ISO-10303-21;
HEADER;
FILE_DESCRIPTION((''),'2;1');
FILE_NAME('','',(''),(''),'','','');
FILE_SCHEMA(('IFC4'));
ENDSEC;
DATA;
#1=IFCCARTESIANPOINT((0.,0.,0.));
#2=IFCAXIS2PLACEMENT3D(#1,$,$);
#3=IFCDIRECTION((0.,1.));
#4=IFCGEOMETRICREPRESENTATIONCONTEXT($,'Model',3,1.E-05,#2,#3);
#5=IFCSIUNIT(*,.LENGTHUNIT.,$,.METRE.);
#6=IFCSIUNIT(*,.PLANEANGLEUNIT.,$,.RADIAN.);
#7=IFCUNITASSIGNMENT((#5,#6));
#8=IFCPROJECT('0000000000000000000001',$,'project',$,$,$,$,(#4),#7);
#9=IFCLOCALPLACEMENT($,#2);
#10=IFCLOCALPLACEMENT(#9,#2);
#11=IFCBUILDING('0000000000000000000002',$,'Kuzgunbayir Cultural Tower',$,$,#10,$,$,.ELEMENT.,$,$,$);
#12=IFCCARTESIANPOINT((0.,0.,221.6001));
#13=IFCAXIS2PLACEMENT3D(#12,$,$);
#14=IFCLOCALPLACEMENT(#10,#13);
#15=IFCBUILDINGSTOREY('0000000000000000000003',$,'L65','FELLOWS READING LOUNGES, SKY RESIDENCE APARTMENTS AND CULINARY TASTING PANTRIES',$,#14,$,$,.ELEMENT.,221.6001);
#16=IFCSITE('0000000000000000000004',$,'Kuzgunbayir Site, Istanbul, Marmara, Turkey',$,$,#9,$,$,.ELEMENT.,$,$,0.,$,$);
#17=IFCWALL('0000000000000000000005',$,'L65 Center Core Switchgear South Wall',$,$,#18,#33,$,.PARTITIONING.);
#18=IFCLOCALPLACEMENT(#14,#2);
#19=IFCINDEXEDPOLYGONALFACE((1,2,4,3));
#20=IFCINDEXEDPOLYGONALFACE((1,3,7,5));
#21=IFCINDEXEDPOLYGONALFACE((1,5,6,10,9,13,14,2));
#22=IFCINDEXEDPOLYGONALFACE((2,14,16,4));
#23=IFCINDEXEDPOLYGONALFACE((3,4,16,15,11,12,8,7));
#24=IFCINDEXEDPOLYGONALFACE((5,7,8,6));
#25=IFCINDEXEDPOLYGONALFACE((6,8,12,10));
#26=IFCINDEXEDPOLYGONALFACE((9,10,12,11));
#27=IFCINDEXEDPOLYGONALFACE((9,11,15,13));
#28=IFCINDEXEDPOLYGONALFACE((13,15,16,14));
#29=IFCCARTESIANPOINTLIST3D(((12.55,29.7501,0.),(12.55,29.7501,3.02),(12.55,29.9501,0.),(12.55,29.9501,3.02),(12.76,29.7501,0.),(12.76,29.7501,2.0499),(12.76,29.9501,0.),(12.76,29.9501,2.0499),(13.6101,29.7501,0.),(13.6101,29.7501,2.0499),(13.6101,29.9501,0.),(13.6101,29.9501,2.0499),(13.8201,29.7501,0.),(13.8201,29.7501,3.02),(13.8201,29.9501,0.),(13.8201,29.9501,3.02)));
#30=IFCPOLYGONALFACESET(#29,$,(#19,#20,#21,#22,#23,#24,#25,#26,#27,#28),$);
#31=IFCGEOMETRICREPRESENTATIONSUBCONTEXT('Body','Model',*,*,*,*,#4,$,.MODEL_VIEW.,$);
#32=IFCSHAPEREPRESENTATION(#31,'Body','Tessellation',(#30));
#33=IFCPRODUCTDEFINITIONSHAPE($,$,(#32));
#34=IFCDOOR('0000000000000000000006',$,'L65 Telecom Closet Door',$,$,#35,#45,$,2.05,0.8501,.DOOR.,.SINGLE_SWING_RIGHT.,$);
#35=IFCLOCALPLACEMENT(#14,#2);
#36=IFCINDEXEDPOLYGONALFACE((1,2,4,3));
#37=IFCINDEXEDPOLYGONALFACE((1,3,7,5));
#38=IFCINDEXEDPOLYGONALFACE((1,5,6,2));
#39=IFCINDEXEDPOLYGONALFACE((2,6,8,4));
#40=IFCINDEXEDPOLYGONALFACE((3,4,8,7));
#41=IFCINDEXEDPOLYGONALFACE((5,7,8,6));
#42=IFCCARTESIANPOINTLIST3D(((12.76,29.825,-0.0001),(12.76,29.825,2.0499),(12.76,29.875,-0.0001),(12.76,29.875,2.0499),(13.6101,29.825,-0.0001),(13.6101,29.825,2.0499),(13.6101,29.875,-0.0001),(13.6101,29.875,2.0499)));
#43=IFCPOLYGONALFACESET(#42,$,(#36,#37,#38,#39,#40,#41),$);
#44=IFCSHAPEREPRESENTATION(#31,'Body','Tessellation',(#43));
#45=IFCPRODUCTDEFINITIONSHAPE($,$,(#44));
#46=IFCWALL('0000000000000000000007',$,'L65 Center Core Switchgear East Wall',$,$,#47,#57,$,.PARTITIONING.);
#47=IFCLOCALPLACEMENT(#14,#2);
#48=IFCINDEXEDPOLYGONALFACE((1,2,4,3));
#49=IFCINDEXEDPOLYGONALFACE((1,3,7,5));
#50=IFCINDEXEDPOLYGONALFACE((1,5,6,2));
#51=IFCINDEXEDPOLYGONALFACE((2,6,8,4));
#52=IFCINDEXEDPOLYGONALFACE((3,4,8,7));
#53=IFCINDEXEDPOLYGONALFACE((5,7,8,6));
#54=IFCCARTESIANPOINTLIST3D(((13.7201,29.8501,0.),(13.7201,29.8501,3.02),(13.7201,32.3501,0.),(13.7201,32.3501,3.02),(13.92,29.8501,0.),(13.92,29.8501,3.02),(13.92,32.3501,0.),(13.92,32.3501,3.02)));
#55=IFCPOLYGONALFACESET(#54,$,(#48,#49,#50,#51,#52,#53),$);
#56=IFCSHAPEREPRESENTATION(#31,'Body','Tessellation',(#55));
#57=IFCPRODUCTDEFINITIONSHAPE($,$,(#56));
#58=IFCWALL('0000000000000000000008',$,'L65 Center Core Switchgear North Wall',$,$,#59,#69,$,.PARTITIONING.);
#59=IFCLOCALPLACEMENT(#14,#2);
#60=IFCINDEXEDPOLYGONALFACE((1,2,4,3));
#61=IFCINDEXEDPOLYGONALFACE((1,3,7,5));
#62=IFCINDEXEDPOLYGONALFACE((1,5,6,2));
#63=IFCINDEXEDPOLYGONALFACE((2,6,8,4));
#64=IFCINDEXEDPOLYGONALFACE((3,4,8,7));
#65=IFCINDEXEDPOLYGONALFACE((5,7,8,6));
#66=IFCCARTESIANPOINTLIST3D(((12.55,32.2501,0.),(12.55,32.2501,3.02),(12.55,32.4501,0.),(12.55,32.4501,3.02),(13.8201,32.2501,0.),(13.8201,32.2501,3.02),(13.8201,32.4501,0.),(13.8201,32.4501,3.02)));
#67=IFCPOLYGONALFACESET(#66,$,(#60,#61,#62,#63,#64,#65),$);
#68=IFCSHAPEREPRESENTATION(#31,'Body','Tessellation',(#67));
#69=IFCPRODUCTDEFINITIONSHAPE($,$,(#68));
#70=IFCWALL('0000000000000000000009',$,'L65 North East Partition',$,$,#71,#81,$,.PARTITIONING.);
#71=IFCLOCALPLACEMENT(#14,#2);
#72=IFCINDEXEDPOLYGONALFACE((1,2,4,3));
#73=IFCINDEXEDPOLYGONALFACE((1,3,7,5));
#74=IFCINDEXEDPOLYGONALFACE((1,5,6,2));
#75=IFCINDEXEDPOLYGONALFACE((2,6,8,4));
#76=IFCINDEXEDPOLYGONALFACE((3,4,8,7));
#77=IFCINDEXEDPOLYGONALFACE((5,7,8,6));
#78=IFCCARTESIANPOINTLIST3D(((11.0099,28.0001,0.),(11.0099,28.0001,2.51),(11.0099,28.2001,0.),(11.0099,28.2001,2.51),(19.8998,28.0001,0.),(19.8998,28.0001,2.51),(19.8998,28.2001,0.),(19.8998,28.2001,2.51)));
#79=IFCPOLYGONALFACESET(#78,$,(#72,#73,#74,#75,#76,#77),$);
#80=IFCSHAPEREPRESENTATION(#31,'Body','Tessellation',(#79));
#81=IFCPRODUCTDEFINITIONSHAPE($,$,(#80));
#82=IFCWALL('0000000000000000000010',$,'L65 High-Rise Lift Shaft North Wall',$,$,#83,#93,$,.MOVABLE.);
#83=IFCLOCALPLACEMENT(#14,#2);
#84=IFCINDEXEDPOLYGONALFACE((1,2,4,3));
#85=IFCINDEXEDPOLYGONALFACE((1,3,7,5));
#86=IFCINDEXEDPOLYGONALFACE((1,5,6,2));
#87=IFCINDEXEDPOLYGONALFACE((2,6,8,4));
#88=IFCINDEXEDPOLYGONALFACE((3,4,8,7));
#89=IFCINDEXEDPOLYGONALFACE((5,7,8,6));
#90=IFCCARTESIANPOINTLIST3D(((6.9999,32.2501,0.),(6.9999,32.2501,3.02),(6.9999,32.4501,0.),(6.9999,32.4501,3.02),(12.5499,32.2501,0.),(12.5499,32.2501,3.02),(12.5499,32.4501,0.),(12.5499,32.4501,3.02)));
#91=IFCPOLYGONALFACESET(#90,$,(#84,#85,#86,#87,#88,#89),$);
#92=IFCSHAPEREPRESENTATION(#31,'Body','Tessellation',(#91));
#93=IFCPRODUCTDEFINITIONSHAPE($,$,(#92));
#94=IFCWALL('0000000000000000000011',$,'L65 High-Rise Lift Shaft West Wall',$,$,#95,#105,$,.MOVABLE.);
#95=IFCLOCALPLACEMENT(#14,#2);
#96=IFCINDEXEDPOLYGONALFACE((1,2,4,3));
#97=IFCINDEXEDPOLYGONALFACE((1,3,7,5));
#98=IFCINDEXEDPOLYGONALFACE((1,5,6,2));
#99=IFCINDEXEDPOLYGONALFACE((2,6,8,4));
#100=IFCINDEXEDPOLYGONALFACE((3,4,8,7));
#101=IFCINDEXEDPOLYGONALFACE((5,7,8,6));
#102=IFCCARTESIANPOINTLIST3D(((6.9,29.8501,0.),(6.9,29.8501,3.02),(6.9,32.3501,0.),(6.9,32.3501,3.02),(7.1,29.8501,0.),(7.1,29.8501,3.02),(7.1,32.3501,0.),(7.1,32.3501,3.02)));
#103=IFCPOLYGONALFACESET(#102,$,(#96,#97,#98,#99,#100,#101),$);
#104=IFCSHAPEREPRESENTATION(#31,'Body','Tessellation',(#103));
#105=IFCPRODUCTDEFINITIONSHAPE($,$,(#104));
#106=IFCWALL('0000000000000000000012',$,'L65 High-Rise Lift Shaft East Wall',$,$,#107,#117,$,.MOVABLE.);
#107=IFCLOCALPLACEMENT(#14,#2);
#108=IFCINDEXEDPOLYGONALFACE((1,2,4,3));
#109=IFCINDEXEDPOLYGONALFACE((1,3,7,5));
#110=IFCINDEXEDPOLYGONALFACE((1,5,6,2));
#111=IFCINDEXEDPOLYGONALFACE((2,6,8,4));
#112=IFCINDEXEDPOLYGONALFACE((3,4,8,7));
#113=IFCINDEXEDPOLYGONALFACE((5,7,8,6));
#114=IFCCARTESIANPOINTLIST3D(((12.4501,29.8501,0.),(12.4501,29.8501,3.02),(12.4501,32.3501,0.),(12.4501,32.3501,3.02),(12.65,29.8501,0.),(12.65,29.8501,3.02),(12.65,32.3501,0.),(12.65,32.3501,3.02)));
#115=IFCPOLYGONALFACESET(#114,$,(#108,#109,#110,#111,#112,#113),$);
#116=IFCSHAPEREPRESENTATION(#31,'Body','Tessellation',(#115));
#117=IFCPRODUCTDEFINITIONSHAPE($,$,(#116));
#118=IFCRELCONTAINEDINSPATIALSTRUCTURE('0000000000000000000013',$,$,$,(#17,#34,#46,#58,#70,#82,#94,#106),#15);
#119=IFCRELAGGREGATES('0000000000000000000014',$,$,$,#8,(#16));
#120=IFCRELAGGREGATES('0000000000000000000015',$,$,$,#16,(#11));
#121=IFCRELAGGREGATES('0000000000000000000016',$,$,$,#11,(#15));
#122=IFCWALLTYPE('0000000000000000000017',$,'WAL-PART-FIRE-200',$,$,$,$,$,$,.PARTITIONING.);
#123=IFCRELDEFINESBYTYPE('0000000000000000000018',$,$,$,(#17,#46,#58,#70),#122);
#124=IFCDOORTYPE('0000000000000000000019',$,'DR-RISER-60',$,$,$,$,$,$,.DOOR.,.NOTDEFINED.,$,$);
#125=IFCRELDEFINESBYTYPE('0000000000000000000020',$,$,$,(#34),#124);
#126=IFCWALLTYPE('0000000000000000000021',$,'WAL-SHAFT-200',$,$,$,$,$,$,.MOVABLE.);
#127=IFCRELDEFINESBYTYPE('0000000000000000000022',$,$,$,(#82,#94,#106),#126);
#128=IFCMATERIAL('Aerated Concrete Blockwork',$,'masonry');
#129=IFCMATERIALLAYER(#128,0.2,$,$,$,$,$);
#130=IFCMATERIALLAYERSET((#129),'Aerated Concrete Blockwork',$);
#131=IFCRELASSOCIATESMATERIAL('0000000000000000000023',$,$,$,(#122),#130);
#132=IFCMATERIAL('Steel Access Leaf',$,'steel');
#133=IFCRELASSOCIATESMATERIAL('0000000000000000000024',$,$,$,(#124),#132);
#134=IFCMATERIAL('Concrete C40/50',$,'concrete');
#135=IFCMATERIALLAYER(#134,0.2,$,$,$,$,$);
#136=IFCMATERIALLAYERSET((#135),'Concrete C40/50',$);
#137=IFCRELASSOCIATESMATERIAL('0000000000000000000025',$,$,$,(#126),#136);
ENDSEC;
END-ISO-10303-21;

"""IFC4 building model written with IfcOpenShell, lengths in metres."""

from ifc_helpers import new_model, si_unit, direction, frame, frame_2d, origin, place, context, subcontext, project, spatial, rectangle, extrude, material, layer, layer_set, type_object, element, fill, save


model = new_model("IFC4")

# Units and contexts
model_context = context("Model", 3, precision=1e-05, world=origin(), true_north=direction((0.0, 1.0)))
body_context = subcontext(model_context, "Body", "Model", "MODEL_VIEW")
ifc_project = project(units=[si_unit("LENGTHUNIT", "METRE"), si_unit("PLANEANGLEUNIT", "RADIAN")], contexts=[model_context])

# Site, building, storey
site_placement = place(None, origin())
site = spatial("IfcSite", under=ifc_project, at=site_placement, Name="Kuzgunbayir Site, Istanbul, Marmara, Turkey", CompositionType="ELEMENT", RefElevation=0.0)
building_placement = place(site_placement, origin())
building = spatial("IfcBuilding", under=site, at=building_placement, Name="Kuzgunbayir Cultural Tower", CompositionType="ELEMENT")
storey_placement = place(building_placement, frame((0.0, 0.0, 221.6001)))
storey = spatial("IfcBuildingStorey", under=building, at=storey_placement, Name="L65", Description="FELLOWS READING LOUNGES, SKY RESIDENCE APARTMENTS AND CULINARY TASTING PANTRIES", CompositionType="ELEMENT", Elevation=221.6001)

# Wall, opening, door
ifc_material_1 = material(Name="Aerated Concrete Blockwork", Category="masonry")
ifc_layer_1 = layer(ifc_material_1, 0.2)
ifc_layer_set_1 = layer_set([ifc_layer_1], Name="Aerated Concrete Blockwork")
wall_type_1 = type_object("IfcWallType", Name="WAL-PART-FIRE-200", PredefinedType="PARTITIONING", material=ifc_layer_set_1)
ifc_material_2 = material(Name="Steel Access Leaf", Category="steel")
door_type_1 = type_object("IfcDoorType", Name="DR-RISER-60", OperationType="NOTDEFINED", PredefinedType="DOOR", material=ifc_material_2)
wall_1_placement = place(storey_placement, frame((12.55, 29.8501, 0.0), z_axis=(0.0, 0.0, 1.0), x_axis=(1.0, 0.0, 0.0)))
wall_1 = element("IfcWall", 1, at=wall_1_placement, inside=storey, type_object=wall_type_1, Name="L65 Center Core Switchgear South Wall", PredefinedType="PARTITIONING", context=body_context, shape_type="SweptSolid", body=[
    extrude(rectangle(XDim=1.27, YDim=0.2, at=frame_2d((0.635, 0.0))), origin(), (0.0, 0.0, 1.0), 3.02),
])
opening_1_placement = place(wall_1_placement, frame((0.21, 0.0, 0.0)))
opening_1 = element("IfcOpeningElement", 2, at=opening_1_placement, cuts=wall_1, PredefinedType="OPENING", context=body_context, shape_type="SweptSolid", body=[
    extrude(rectangle(XDim=0.8501, YDim=2.05, at=frame_2d((0.425, 1.0249))), frame((0.0, 0.1099, 0.0), z_axis=(0.0, -1.0, 0.0), x_axis=(1.0, 0.0, 0.0)), (0.0, 0.0, 1.0), 0.22),
])
door_1_placement = place(opening_1_placement, origin())
door_1 = element("IfcDoor", 3, at=door_1_placement, inside=storey, type_object=door_type_1, Name="L65 Telecom Closet Door", OperationType="SINGLE_SWING_RIGHT", OverallHeight=2.05, OverallWidth=0.8501, PredefinedType="DOOR", context=body_context, shape_type="SweptSolid", body=[
    extrude(rectangle(XDim=0.8501, YDim=2.05, at=frame_2d((0.425, 1.0249))), frame((0.0, 0.0249, 0.0), z_axis=(0.0, -1.0, 0.0), x_axis=(1.0, 0.0, 0.0)), (0.0, 0.0, 1.0), 0.05),
])
fill(opening_1, door_1)

# Walls
wall_2_placement = place(storey_placement, frame((13.8201, 29.8501, 0.0), z_axis=(0.0, 0.0, 1.0), x_axis=(0.0, 1.0, 0.0)))
element("IfcWall", 4, at=wall_2_placement, inside=storey, type_object=wall_type_1, Name="L65 Center Core Switchgear East Wall", PredefinedType="PARTITIONING", context=body_context, shape_type="SweptSolid", body=[
    extrude(rectangle(XDim=2.5, YDim=0.2, at=frame_2d((1.25, 0.0))), origin(), (0.0, 0.0, 1.0), 3.02),
])
wall_3_placement = place(storey_placement, frame((12.55, 32.3501, 0.0), z_axis=(0.0, 0.0, 1.0), x_axis=(1.0, 0.0, 0.0)))
element("IfcWall", 5, at=wall_3_placement, inside=storey, type_object=wall_type_1, Name="L65 Center Core Switchgear North Wall", PredefinedType="PARTITIONING", context=body_context, shape_type="SweptSolid", body=[
    extrude(rectangle(XDim=1.27, YDim=0.2, at=frame_2d((0.635, 0.0))), origin(), (0.0, 0.0, 1.0), 3.02),
])
wall_4_placement = place(storey_placement, frame((11.01, 28.1001, 0.0), z_axis=(0.0, 0.0, 1.0), x_axis=(1.0, 0.0, 0.0)))
element("IfcWall", 6, at=wall_4_placement, inside=storey, type_object=wall_type_1, Name="L65 North East Partition", PredefinedType="PARTITIONING", context=body_context, shape_type="SweptSolid", body=[
    extrude(rectangle(XDim=8.8899, YDim=0.2, at=frame_2d((4.4448, 0.0))), origin(), (0.0, 0.0, 1.0), 2.51),
])

# Shared definitions
ifc_material_3 = material(Name="Concrete C40/50", Category="concrete")
ifc_layer_2 = layer(ifc_material_3, 0.2)
ifc_layer_set_2 = layer_set([ifc_layer_2], Name="Concrete C40/50")
wall_type_2 = type_object("IfcWallType", Name="WAL-SHAFT-200", PredefinedType="MOVABLE", material=ifc_layer_set_2)

# Walls
wall_5_placement = place(storey_placement, frame((7.0, 32.3501, 0.0), z_axis=(0.0, 0.0, 1.0), x_axis=(1.0, 0.0, 0.0)))
element("IfcWall", 7, at=wall_5_placement, inside=storey, type_object=wall_type_2, Name="L65 High-Rise Lift Shaft North Wall", PredefinedType="MOVABLE", context=body_context, shape_type="SweptSolid", body=[
    extrude(rectangle(XDim=5.55, YDim=0.2, at=frame_2d((2.7749, 0.0))), origin(), (0.0, 0.0, 1.0), 3.02),
])
for number, where, z_axis, x_axis, name in (
    (8, (7.0, 29.8501, 0.0), (0.0, 0.0, 1.0), (0.0, 1.0, 0.0), "L65 High-Rise Lift Shaft West Wall"),
    (9, (12.55, 29.8501, 0.0), (0.0, 0.0, 1.0), (0.0, 1.0, 0.0), "L65 High-Rise Lift Shaft East Wall"),
):
    element("IfcWall", number, at=place(storey_placement, frame(where, z_axis=z_axis, x_axis=x_axis)), inside=storey, type_object=wall_type_2, Name=name, PredefinedType="MOVABLE", context=body_context, shape_type="SweptSolid", body=[
        extrude(rectangle(XDim=2.5, YDim=0.2, at=frame_2d((1.25, 0.0))), origin(), (0.0, 0.0, 1.0), 3.02),
    ])

save(model, "model.ifc")
